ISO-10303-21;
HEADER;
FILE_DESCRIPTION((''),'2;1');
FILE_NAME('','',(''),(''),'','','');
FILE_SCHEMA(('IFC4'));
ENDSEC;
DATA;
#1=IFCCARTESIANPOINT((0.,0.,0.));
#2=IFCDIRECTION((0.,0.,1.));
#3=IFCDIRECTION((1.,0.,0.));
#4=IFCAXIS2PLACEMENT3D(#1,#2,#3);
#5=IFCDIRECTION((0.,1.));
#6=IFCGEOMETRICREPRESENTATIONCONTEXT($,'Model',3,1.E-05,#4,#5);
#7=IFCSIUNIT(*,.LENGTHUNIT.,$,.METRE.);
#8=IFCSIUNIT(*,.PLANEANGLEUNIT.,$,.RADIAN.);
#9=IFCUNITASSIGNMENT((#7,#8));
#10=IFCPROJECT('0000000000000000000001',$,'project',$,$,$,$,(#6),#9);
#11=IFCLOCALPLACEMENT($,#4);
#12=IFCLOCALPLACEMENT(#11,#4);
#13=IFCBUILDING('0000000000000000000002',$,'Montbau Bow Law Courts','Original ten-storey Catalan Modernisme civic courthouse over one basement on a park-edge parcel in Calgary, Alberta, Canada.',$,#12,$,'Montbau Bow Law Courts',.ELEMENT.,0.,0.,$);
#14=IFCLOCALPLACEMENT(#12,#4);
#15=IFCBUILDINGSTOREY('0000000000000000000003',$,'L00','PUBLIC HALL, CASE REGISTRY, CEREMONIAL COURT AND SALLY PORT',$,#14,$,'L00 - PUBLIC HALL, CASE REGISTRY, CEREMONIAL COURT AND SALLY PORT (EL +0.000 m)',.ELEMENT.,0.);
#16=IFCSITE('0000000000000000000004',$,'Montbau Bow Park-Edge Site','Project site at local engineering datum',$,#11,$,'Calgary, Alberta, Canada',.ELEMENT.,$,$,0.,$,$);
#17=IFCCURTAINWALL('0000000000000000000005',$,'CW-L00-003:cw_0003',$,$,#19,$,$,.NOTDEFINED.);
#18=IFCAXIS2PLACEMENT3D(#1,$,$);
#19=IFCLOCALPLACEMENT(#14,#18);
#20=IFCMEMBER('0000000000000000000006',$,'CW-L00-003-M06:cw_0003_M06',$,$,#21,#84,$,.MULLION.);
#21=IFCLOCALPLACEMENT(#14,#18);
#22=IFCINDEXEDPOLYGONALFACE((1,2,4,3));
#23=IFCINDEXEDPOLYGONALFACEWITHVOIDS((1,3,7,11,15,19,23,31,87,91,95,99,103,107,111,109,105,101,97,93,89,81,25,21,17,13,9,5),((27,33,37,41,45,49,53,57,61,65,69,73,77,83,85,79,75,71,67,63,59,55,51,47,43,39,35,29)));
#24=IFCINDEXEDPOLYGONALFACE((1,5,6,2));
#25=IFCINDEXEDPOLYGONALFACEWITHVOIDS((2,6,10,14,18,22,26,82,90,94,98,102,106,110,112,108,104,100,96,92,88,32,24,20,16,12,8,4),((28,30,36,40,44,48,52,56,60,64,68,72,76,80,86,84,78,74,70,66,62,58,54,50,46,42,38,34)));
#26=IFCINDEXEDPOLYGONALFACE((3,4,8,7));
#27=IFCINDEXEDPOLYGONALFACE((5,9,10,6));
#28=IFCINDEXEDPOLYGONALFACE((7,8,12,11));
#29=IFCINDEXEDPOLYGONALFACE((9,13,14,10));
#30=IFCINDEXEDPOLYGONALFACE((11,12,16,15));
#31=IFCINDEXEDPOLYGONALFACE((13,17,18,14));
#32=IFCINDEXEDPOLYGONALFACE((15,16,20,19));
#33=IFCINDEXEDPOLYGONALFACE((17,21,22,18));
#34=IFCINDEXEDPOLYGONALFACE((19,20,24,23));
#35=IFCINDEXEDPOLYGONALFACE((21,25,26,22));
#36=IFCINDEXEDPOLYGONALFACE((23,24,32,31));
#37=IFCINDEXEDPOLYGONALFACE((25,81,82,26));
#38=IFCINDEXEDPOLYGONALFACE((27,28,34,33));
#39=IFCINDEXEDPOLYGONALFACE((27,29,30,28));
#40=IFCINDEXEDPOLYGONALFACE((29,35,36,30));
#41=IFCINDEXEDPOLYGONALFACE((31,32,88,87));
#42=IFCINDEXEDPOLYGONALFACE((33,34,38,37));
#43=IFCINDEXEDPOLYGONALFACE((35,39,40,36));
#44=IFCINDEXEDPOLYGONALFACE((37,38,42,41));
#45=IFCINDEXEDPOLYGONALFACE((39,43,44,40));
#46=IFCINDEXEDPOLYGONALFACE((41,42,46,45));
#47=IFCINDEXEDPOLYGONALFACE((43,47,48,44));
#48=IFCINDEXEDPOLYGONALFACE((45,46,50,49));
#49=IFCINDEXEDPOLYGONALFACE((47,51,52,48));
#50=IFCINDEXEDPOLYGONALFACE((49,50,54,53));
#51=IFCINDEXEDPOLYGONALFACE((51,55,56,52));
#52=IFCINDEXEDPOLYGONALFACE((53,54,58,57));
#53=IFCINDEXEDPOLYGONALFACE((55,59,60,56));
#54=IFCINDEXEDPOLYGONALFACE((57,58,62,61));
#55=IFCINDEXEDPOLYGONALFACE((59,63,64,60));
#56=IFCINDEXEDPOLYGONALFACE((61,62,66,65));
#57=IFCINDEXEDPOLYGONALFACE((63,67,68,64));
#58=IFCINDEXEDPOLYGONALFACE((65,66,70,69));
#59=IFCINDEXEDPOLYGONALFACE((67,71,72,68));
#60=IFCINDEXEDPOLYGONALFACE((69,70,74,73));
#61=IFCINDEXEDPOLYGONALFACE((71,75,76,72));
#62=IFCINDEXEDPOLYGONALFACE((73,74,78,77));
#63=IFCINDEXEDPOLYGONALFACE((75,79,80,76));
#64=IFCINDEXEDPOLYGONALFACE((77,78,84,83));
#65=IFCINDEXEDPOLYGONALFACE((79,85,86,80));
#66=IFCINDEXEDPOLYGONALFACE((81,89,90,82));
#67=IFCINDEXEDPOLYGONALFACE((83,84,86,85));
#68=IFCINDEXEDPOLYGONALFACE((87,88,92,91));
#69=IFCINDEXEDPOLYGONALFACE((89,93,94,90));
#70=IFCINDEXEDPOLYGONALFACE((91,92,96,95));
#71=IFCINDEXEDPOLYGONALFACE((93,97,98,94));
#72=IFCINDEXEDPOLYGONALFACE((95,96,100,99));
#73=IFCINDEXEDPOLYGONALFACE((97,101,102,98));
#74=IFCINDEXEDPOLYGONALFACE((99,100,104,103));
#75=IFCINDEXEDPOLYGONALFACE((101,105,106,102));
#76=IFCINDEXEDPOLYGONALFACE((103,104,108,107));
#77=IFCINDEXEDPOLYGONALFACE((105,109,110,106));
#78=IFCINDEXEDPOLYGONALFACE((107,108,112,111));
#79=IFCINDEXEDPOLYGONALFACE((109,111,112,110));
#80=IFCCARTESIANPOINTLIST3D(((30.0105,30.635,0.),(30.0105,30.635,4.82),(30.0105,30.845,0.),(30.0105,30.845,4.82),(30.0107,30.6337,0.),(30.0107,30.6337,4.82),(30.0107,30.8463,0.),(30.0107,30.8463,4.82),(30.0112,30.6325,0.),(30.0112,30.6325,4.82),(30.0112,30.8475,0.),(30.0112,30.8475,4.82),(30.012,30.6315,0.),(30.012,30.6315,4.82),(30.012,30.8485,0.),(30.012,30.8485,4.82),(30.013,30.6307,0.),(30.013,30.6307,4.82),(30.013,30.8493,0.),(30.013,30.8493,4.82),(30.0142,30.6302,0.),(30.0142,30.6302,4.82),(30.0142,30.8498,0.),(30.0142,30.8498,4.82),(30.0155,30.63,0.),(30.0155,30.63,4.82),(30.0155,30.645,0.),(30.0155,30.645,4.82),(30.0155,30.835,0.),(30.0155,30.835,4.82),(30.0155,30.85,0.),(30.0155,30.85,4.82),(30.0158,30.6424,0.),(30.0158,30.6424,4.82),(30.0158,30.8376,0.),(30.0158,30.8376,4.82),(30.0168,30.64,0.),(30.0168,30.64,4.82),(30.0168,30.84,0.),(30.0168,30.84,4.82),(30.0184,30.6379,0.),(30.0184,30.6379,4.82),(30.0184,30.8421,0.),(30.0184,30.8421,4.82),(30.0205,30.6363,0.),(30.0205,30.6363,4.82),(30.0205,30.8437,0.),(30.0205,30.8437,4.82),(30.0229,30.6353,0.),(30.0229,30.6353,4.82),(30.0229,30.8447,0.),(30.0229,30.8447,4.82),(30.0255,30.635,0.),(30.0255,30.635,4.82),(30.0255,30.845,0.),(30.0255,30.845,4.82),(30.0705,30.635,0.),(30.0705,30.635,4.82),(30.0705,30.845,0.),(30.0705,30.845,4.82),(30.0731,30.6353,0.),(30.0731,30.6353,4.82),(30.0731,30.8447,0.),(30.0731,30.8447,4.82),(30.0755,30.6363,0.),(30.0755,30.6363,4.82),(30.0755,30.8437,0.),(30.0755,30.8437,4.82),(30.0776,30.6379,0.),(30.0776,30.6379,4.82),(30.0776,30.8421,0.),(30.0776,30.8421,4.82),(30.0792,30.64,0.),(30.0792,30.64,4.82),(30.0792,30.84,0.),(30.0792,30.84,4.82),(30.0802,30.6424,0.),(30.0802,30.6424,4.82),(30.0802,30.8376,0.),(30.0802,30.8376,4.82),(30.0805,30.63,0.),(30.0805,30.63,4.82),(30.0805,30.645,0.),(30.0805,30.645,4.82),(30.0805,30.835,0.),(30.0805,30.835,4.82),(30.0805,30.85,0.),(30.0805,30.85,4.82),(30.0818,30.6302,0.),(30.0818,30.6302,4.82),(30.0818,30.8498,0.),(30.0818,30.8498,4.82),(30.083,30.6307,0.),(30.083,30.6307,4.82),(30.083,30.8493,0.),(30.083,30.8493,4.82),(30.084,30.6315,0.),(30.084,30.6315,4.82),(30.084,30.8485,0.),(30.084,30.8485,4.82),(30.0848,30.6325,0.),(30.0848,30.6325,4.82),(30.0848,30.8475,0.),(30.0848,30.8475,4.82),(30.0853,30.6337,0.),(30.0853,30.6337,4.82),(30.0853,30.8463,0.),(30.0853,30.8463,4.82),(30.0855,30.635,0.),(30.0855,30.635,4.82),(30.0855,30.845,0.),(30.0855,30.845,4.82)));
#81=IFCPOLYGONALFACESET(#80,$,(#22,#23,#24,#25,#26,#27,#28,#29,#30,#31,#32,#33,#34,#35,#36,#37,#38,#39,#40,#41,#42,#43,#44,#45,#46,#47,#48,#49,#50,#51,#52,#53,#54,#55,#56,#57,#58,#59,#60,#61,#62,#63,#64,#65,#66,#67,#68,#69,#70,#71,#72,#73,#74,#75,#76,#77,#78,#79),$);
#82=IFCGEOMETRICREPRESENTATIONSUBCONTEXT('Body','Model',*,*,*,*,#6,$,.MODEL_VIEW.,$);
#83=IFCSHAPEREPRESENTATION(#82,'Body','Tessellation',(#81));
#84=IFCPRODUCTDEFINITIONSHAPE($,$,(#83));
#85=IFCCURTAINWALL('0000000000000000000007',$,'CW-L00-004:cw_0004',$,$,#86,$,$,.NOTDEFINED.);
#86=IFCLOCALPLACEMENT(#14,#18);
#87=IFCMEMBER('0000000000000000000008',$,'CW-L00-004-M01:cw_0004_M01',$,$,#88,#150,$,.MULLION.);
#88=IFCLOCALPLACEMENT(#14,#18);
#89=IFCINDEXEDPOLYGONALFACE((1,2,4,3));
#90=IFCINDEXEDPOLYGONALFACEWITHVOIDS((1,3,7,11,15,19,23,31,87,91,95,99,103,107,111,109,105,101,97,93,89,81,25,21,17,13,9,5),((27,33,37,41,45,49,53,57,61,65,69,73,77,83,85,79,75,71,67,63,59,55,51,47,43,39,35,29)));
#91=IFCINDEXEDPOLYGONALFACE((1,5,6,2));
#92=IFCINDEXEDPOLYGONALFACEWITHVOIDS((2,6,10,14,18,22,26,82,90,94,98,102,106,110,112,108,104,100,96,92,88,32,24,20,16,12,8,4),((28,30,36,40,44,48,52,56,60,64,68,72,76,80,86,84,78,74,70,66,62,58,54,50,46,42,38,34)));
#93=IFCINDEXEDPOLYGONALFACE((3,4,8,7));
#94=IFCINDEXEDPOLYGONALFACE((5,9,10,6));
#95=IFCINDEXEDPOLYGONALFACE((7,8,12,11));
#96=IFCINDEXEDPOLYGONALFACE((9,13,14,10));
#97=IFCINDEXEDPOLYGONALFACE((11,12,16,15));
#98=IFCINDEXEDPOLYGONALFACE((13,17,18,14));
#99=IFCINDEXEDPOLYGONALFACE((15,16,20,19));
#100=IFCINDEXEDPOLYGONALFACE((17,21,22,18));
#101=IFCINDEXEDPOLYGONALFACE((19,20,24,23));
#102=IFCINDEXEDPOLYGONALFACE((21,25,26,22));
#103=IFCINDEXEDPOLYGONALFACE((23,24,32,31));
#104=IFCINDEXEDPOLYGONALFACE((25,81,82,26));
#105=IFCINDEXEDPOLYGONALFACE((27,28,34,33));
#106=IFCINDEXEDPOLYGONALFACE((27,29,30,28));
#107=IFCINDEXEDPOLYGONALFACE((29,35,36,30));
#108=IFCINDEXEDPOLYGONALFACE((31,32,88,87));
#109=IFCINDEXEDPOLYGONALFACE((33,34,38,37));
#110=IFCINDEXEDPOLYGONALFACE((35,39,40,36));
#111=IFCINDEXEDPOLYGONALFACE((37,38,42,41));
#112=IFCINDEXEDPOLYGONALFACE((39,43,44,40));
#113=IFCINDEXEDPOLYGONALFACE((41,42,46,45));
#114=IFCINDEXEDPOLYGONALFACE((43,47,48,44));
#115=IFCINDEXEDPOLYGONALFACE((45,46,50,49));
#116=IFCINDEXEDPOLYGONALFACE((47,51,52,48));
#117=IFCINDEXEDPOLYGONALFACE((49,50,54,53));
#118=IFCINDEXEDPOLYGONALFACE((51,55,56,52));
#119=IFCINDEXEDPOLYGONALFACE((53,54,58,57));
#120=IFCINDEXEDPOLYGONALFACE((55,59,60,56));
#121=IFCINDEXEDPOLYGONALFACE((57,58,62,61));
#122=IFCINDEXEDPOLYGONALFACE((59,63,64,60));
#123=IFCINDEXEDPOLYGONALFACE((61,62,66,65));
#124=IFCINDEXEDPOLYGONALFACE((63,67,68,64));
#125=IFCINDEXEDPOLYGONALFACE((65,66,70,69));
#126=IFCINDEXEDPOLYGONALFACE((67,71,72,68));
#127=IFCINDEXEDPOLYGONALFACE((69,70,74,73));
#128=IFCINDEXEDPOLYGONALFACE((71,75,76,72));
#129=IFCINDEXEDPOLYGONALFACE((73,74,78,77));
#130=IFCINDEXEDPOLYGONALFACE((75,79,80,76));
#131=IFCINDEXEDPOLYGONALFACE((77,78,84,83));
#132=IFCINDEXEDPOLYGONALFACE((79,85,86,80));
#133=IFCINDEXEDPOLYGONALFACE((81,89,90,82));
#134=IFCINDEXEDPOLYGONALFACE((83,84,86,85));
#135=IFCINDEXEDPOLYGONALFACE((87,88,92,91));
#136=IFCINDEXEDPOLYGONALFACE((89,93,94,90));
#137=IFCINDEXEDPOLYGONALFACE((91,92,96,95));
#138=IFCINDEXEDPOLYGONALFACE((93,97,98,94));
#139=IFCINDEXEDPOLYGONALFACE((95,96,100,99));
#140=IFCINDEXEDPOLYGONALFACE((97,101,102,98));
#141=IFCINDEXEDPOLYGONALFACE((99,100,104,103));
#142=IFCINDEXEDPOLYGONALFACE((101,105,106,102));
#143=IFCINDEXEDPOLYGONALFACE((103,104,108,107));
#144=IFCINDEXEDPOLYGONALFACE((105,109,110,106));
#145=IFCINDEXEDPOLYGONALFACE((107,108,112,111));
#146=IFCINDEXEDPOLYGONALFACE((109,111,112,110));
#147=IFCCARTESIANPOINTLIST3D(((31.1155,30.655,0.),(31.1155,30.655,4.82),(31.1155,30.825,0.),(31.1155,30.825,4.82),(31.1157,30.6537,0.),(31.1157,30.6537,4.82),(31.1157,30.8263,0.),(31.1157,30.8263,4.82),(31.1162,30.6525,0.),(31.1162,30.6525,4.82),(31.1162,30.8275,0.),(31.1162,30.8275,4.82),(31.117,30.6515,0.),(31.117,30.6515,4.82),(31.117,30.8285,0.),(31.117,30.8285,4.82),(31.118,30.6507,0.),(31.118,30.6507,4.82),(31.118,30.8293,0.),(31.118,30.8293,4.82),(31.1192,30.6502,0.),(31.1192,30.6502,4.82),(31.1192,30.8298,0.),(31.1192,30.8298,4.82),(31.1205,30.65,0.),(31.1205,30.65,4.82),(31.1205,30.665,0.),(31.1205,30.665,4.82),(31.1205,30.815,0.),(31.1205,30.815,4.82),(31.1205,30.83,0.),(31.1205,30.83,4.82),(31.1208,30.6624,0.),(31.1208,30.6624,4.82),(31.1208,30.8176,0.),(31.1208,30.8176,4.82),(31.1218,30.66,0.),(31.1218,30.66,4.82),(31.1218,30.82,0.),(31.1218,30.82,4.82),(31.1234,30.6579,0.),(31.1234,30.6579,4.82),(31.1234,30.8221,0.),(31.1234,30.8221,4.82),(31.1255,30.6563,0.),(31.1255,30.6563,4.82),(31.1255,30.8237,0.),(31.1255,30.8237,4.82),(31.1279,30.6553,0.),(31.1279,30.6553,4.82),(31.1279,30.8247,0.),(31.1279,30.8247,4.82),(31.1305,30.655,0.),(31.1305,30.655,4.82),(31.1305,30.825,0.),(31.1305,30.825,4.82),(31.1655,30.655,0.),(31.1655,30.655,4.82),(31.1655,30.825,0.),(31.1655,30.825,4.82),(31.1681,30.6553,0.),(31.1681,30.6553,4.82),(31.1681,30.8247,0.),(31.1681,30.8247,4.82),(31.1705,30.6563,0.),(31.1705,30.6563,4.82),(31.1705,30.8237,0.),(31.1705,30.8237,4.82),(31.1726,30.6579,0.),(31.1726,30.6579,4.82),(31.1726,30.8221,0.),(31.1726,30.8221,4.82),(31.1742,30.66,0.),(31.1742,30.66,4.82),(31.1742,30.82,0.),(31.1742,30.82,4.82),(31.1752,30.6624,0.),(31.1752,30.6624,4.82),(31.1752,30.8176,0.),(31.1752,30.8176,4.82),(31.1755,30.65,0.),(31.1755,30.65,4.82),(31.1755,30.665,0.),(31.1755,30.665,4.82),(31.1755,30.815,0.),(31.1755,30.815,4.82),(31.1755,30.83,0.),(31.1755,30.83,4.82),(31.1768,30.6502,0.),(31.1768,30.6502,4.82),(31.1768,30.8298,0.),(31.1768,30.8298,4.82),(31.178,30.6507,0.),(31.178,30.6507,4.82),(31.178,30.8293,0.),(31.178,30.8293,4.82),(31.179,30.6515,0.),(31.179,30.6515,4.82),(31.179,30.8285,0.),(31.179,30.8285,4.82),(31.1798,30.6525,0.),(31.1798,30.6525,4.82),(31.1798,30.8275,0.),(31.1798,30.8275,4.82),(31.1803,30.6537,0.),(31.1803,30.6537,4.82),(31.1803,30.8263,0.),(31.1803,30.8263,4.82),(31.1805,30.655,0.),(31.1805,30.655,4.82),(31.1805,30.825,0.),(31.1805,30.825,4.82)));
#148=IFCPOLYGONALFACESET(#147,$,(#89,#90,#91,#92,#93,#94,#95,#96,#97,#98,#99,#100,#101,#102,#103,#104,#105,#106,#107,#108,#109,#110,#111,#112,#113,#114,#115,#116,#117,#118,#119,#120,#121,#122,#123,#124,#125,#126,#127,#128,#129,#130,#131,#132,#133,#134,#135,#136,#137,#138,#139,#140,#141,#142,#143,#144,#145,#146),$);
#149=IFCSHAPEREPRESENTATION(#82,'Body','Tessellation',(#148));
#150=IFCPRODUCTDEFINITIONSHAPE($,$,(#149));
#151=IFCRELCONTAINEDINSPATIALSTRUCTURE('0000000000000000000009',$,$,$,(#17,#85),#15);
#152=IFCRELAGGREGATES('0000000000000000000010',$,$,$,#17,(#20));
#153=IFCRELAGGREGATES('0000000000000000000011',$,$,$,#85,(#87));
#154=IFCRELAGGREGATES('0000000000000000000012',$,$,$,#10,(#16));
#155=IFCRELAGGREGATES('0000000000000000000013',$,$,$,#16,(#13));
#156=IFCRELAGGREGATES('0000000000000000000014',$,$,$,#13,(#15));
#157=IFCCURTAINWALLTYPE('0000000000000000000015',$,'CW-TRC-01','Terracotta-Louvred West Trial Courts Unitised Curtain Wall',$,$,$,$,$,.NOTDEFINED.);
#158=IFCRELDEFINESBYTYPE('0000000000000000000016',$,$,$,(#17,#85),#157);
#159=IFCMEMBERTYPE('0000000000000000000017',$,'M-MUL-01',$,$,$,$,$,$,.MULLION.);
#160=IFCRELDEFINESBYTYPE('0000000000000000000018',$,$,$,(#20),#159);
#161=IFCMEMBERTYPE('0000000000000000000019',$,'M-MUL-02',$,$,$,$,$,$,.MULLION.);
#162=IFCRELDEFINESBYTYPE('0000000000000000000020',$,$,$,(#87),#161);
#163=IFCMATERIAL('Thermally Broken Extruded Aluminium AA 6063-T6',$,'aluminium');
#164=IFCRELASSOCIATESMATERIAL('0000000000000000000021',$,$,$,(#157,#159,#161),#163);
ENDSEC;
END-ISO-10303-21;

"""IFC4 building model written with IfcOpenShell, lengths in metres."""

from ifc_helpers import new_model, si_unit, direction, frame, origin_with_axes, origin_2d_with_axis, place, context, subcontext, project, spatial, hollow_rectangle, extrude, material, material_profile, profile_set, type_object, element, aggregate, save


model = new_model("IFC4")

# Units and contexts
model_context = context("Model", 3, precision=1e-05, world=origin_with_axes(), true_north=direction((0.0, 1.0)))
body_context = subcontext(model_context, "Body", "Model", "MODEL_VIEW")
ifc_project = project(units=[si_unit("LENGTHUNIT", "METRE"), si_unit("PLANEANGLEUNIT", "RADIAN")], contexts=[model_context])

# Site, building, storey
site_placement = place(None, origin_with_axes())
site = spatial("IfcSite", under=ifc_project, at=site_placement, Name="Montbau Bow Park-Edge Site", Description="Project site at local engineering datum", LongName="Calgary, Alberta, Canada", CompositionType="ELEMENT", RefElevation=0.0)
building_placement = place(site_placement, origin_with_axes())
building = spatial("IfcBuilding", under=site, at=building_placement, Name="Montbau Bow Law Courts", Description="Original ten-storey Catalan Modernisme civic courthouse over one basement on a park-edge parcel in Calgary, Alberta, Canada.", LongName="Montbau Bow Law Courts", CompositionType="ELEMENT", ElevationOfRefHeight=0.0, ElevationOfTerrain=0.0)
storey_placement = place(building_placement, origin_with_axes())
storey = spatial("IfcBuildingStorey", under=building, at=storey_placement, Name="L00", Description="PUBLIC HALL, CASE REGISTRY, CEREMONIAL COURT AND SALLY PORT", LongName="L00 - PUBLIC HALL, CASE REGISTRY, CEREMONIAL COURT AND SALLY PORT (EL +0.000 m)", CompositionType="ELEMENT", Elevation=0.0)

# Curtain walls, members
ifc_material_1 = material(Name="Thermally Broken Extruded Aluminium AA 6063-T6", Category="aluminium")
curtain_wall_type = type_object("IfcCurtainWallType", Name="CW-TRC-01", Description="Terracotta-Louvred West Trial Courts Unitised Curtain Wall", PredefinedType="NOTDEFINED", material=ifc_material_1)
curtain_wall_1_placement = place(None, frame((22.715, 30.74, 0.0), z_axis=(0.0, 0.0, 1.0), x_axis=(1.0, 0.0, 0.0)))
curtain_wall_1 = element("IfcCurtainWall", 1, at=curtain_wall_1_placement, inside=storey, type_object=curtain_wall_type, Name="CW-L00-003:cw_0003", PredefinedType="NOTDEFINED")
ifc_material_profile_1 = material_profile(ifc_material_1, hollow_rectangle(XDim=0.075, YDim=0.22, WallThickness=0.005, InnerFilletRadius=0.01, OuterFilletRadius=0.005, at=origin_2d_with_axis()), Name="CWM-220X75", Category="Main", Priority=0)
ifc_profile_set_1 = profile_set([ifc_material_profile_1], Name="Thermally Broken Extruded Aluminium AA 6063-T6")
member_type_1 = type_object("IfcMemberType", Name="M-MUL-01", PredefinedType="MULLION", material=ifc_profile_set_1)
member_1_placement = place(None, frame((30.048, 30.74, 0.0), z_axis=(0.0, 0.0, 1.0), x_axis=(1.0, 0.0, 0.0)))
member_1 = element("IfcMember", 2, at=member_1_placement, type_object=member_type_1, Name="CW-L00-003-M06:cw_0003_M06", PredefinedType="MULLION", context=body_context, shape_type="SweptSolid", body=[
    extrude(hollow_rectangle(XDim=0.075, YDim=0.22, WallThickness=0.005, InnerFilletRadius=0.01, OuterFilletRadius=0.005, at=origin_2d_with_axis()), origin_with_axes(), (0.0, 0.0, 1.0), 4.82),
])
curtain_wall_2_placement = place(None, frame((31.115, 30.74, 0.0), z_axis=(0.0, 0.0, 1.0), x_axis=(1.0, 0.0, 0.0)))
curtain_wall_2 = element("IfcCurtainWall", 3, at=curtain_wall_2_placement, inside=storey, type_object=curtain_wall_type, Name="CW-L00-004:cw_0004", PredefinedType="NOTDEFINED")
ifc_material_profile_2 = material_profile(ifc_material_1, hollow_rectangle(XDim=0.065, YDim=0.18, WallThickness=0.005, InnerFilletRadius=0.01, OuterFilletRadius=0.005, at=origin_2d_with_axis()), Name="CWM-180X65", Category="Main", Priority=0)
ifc_profile_set_2 = profile_set([ifc_material_profile_2], Name="Thermally Broken Extruded Aluminium AA 6063-T6")
member_type_2 = type_object("IfcMemberType", Name="M-MUL-02", PredefinedType="MULLION", material=ifc_profile_set_2)
member_2_placement = place(None, frame((31.148, 30.74, 0.0), z_axis=(0.0, 0.0, 1.0), x_axis=(1.0, 0.0, 0.0)))
member_2 = element("IfcMember", 4, at=member_2_placement, type_object=member_type_2, Name="CW-L00-004-M01:cw_0004_M01", PredefinedType="MULLION", context=body_context, shape_type="SweptSolid", body=[
    extrude(hollow_rectangle(XDim=0.065, YDim=0.18, WallThickness=0.005, InnerFilletRadius=0.01, OuterFilletRadius=0.005, at=origin_2d_with_axis()), origin_with_axes(), (0.0, 0.0, 1.0), 4.82),
])

aggregate(curtain_wall_1, [member_1])
aggregate(curtain_wall_2, [member_2])

save(model, "model.ifc")
